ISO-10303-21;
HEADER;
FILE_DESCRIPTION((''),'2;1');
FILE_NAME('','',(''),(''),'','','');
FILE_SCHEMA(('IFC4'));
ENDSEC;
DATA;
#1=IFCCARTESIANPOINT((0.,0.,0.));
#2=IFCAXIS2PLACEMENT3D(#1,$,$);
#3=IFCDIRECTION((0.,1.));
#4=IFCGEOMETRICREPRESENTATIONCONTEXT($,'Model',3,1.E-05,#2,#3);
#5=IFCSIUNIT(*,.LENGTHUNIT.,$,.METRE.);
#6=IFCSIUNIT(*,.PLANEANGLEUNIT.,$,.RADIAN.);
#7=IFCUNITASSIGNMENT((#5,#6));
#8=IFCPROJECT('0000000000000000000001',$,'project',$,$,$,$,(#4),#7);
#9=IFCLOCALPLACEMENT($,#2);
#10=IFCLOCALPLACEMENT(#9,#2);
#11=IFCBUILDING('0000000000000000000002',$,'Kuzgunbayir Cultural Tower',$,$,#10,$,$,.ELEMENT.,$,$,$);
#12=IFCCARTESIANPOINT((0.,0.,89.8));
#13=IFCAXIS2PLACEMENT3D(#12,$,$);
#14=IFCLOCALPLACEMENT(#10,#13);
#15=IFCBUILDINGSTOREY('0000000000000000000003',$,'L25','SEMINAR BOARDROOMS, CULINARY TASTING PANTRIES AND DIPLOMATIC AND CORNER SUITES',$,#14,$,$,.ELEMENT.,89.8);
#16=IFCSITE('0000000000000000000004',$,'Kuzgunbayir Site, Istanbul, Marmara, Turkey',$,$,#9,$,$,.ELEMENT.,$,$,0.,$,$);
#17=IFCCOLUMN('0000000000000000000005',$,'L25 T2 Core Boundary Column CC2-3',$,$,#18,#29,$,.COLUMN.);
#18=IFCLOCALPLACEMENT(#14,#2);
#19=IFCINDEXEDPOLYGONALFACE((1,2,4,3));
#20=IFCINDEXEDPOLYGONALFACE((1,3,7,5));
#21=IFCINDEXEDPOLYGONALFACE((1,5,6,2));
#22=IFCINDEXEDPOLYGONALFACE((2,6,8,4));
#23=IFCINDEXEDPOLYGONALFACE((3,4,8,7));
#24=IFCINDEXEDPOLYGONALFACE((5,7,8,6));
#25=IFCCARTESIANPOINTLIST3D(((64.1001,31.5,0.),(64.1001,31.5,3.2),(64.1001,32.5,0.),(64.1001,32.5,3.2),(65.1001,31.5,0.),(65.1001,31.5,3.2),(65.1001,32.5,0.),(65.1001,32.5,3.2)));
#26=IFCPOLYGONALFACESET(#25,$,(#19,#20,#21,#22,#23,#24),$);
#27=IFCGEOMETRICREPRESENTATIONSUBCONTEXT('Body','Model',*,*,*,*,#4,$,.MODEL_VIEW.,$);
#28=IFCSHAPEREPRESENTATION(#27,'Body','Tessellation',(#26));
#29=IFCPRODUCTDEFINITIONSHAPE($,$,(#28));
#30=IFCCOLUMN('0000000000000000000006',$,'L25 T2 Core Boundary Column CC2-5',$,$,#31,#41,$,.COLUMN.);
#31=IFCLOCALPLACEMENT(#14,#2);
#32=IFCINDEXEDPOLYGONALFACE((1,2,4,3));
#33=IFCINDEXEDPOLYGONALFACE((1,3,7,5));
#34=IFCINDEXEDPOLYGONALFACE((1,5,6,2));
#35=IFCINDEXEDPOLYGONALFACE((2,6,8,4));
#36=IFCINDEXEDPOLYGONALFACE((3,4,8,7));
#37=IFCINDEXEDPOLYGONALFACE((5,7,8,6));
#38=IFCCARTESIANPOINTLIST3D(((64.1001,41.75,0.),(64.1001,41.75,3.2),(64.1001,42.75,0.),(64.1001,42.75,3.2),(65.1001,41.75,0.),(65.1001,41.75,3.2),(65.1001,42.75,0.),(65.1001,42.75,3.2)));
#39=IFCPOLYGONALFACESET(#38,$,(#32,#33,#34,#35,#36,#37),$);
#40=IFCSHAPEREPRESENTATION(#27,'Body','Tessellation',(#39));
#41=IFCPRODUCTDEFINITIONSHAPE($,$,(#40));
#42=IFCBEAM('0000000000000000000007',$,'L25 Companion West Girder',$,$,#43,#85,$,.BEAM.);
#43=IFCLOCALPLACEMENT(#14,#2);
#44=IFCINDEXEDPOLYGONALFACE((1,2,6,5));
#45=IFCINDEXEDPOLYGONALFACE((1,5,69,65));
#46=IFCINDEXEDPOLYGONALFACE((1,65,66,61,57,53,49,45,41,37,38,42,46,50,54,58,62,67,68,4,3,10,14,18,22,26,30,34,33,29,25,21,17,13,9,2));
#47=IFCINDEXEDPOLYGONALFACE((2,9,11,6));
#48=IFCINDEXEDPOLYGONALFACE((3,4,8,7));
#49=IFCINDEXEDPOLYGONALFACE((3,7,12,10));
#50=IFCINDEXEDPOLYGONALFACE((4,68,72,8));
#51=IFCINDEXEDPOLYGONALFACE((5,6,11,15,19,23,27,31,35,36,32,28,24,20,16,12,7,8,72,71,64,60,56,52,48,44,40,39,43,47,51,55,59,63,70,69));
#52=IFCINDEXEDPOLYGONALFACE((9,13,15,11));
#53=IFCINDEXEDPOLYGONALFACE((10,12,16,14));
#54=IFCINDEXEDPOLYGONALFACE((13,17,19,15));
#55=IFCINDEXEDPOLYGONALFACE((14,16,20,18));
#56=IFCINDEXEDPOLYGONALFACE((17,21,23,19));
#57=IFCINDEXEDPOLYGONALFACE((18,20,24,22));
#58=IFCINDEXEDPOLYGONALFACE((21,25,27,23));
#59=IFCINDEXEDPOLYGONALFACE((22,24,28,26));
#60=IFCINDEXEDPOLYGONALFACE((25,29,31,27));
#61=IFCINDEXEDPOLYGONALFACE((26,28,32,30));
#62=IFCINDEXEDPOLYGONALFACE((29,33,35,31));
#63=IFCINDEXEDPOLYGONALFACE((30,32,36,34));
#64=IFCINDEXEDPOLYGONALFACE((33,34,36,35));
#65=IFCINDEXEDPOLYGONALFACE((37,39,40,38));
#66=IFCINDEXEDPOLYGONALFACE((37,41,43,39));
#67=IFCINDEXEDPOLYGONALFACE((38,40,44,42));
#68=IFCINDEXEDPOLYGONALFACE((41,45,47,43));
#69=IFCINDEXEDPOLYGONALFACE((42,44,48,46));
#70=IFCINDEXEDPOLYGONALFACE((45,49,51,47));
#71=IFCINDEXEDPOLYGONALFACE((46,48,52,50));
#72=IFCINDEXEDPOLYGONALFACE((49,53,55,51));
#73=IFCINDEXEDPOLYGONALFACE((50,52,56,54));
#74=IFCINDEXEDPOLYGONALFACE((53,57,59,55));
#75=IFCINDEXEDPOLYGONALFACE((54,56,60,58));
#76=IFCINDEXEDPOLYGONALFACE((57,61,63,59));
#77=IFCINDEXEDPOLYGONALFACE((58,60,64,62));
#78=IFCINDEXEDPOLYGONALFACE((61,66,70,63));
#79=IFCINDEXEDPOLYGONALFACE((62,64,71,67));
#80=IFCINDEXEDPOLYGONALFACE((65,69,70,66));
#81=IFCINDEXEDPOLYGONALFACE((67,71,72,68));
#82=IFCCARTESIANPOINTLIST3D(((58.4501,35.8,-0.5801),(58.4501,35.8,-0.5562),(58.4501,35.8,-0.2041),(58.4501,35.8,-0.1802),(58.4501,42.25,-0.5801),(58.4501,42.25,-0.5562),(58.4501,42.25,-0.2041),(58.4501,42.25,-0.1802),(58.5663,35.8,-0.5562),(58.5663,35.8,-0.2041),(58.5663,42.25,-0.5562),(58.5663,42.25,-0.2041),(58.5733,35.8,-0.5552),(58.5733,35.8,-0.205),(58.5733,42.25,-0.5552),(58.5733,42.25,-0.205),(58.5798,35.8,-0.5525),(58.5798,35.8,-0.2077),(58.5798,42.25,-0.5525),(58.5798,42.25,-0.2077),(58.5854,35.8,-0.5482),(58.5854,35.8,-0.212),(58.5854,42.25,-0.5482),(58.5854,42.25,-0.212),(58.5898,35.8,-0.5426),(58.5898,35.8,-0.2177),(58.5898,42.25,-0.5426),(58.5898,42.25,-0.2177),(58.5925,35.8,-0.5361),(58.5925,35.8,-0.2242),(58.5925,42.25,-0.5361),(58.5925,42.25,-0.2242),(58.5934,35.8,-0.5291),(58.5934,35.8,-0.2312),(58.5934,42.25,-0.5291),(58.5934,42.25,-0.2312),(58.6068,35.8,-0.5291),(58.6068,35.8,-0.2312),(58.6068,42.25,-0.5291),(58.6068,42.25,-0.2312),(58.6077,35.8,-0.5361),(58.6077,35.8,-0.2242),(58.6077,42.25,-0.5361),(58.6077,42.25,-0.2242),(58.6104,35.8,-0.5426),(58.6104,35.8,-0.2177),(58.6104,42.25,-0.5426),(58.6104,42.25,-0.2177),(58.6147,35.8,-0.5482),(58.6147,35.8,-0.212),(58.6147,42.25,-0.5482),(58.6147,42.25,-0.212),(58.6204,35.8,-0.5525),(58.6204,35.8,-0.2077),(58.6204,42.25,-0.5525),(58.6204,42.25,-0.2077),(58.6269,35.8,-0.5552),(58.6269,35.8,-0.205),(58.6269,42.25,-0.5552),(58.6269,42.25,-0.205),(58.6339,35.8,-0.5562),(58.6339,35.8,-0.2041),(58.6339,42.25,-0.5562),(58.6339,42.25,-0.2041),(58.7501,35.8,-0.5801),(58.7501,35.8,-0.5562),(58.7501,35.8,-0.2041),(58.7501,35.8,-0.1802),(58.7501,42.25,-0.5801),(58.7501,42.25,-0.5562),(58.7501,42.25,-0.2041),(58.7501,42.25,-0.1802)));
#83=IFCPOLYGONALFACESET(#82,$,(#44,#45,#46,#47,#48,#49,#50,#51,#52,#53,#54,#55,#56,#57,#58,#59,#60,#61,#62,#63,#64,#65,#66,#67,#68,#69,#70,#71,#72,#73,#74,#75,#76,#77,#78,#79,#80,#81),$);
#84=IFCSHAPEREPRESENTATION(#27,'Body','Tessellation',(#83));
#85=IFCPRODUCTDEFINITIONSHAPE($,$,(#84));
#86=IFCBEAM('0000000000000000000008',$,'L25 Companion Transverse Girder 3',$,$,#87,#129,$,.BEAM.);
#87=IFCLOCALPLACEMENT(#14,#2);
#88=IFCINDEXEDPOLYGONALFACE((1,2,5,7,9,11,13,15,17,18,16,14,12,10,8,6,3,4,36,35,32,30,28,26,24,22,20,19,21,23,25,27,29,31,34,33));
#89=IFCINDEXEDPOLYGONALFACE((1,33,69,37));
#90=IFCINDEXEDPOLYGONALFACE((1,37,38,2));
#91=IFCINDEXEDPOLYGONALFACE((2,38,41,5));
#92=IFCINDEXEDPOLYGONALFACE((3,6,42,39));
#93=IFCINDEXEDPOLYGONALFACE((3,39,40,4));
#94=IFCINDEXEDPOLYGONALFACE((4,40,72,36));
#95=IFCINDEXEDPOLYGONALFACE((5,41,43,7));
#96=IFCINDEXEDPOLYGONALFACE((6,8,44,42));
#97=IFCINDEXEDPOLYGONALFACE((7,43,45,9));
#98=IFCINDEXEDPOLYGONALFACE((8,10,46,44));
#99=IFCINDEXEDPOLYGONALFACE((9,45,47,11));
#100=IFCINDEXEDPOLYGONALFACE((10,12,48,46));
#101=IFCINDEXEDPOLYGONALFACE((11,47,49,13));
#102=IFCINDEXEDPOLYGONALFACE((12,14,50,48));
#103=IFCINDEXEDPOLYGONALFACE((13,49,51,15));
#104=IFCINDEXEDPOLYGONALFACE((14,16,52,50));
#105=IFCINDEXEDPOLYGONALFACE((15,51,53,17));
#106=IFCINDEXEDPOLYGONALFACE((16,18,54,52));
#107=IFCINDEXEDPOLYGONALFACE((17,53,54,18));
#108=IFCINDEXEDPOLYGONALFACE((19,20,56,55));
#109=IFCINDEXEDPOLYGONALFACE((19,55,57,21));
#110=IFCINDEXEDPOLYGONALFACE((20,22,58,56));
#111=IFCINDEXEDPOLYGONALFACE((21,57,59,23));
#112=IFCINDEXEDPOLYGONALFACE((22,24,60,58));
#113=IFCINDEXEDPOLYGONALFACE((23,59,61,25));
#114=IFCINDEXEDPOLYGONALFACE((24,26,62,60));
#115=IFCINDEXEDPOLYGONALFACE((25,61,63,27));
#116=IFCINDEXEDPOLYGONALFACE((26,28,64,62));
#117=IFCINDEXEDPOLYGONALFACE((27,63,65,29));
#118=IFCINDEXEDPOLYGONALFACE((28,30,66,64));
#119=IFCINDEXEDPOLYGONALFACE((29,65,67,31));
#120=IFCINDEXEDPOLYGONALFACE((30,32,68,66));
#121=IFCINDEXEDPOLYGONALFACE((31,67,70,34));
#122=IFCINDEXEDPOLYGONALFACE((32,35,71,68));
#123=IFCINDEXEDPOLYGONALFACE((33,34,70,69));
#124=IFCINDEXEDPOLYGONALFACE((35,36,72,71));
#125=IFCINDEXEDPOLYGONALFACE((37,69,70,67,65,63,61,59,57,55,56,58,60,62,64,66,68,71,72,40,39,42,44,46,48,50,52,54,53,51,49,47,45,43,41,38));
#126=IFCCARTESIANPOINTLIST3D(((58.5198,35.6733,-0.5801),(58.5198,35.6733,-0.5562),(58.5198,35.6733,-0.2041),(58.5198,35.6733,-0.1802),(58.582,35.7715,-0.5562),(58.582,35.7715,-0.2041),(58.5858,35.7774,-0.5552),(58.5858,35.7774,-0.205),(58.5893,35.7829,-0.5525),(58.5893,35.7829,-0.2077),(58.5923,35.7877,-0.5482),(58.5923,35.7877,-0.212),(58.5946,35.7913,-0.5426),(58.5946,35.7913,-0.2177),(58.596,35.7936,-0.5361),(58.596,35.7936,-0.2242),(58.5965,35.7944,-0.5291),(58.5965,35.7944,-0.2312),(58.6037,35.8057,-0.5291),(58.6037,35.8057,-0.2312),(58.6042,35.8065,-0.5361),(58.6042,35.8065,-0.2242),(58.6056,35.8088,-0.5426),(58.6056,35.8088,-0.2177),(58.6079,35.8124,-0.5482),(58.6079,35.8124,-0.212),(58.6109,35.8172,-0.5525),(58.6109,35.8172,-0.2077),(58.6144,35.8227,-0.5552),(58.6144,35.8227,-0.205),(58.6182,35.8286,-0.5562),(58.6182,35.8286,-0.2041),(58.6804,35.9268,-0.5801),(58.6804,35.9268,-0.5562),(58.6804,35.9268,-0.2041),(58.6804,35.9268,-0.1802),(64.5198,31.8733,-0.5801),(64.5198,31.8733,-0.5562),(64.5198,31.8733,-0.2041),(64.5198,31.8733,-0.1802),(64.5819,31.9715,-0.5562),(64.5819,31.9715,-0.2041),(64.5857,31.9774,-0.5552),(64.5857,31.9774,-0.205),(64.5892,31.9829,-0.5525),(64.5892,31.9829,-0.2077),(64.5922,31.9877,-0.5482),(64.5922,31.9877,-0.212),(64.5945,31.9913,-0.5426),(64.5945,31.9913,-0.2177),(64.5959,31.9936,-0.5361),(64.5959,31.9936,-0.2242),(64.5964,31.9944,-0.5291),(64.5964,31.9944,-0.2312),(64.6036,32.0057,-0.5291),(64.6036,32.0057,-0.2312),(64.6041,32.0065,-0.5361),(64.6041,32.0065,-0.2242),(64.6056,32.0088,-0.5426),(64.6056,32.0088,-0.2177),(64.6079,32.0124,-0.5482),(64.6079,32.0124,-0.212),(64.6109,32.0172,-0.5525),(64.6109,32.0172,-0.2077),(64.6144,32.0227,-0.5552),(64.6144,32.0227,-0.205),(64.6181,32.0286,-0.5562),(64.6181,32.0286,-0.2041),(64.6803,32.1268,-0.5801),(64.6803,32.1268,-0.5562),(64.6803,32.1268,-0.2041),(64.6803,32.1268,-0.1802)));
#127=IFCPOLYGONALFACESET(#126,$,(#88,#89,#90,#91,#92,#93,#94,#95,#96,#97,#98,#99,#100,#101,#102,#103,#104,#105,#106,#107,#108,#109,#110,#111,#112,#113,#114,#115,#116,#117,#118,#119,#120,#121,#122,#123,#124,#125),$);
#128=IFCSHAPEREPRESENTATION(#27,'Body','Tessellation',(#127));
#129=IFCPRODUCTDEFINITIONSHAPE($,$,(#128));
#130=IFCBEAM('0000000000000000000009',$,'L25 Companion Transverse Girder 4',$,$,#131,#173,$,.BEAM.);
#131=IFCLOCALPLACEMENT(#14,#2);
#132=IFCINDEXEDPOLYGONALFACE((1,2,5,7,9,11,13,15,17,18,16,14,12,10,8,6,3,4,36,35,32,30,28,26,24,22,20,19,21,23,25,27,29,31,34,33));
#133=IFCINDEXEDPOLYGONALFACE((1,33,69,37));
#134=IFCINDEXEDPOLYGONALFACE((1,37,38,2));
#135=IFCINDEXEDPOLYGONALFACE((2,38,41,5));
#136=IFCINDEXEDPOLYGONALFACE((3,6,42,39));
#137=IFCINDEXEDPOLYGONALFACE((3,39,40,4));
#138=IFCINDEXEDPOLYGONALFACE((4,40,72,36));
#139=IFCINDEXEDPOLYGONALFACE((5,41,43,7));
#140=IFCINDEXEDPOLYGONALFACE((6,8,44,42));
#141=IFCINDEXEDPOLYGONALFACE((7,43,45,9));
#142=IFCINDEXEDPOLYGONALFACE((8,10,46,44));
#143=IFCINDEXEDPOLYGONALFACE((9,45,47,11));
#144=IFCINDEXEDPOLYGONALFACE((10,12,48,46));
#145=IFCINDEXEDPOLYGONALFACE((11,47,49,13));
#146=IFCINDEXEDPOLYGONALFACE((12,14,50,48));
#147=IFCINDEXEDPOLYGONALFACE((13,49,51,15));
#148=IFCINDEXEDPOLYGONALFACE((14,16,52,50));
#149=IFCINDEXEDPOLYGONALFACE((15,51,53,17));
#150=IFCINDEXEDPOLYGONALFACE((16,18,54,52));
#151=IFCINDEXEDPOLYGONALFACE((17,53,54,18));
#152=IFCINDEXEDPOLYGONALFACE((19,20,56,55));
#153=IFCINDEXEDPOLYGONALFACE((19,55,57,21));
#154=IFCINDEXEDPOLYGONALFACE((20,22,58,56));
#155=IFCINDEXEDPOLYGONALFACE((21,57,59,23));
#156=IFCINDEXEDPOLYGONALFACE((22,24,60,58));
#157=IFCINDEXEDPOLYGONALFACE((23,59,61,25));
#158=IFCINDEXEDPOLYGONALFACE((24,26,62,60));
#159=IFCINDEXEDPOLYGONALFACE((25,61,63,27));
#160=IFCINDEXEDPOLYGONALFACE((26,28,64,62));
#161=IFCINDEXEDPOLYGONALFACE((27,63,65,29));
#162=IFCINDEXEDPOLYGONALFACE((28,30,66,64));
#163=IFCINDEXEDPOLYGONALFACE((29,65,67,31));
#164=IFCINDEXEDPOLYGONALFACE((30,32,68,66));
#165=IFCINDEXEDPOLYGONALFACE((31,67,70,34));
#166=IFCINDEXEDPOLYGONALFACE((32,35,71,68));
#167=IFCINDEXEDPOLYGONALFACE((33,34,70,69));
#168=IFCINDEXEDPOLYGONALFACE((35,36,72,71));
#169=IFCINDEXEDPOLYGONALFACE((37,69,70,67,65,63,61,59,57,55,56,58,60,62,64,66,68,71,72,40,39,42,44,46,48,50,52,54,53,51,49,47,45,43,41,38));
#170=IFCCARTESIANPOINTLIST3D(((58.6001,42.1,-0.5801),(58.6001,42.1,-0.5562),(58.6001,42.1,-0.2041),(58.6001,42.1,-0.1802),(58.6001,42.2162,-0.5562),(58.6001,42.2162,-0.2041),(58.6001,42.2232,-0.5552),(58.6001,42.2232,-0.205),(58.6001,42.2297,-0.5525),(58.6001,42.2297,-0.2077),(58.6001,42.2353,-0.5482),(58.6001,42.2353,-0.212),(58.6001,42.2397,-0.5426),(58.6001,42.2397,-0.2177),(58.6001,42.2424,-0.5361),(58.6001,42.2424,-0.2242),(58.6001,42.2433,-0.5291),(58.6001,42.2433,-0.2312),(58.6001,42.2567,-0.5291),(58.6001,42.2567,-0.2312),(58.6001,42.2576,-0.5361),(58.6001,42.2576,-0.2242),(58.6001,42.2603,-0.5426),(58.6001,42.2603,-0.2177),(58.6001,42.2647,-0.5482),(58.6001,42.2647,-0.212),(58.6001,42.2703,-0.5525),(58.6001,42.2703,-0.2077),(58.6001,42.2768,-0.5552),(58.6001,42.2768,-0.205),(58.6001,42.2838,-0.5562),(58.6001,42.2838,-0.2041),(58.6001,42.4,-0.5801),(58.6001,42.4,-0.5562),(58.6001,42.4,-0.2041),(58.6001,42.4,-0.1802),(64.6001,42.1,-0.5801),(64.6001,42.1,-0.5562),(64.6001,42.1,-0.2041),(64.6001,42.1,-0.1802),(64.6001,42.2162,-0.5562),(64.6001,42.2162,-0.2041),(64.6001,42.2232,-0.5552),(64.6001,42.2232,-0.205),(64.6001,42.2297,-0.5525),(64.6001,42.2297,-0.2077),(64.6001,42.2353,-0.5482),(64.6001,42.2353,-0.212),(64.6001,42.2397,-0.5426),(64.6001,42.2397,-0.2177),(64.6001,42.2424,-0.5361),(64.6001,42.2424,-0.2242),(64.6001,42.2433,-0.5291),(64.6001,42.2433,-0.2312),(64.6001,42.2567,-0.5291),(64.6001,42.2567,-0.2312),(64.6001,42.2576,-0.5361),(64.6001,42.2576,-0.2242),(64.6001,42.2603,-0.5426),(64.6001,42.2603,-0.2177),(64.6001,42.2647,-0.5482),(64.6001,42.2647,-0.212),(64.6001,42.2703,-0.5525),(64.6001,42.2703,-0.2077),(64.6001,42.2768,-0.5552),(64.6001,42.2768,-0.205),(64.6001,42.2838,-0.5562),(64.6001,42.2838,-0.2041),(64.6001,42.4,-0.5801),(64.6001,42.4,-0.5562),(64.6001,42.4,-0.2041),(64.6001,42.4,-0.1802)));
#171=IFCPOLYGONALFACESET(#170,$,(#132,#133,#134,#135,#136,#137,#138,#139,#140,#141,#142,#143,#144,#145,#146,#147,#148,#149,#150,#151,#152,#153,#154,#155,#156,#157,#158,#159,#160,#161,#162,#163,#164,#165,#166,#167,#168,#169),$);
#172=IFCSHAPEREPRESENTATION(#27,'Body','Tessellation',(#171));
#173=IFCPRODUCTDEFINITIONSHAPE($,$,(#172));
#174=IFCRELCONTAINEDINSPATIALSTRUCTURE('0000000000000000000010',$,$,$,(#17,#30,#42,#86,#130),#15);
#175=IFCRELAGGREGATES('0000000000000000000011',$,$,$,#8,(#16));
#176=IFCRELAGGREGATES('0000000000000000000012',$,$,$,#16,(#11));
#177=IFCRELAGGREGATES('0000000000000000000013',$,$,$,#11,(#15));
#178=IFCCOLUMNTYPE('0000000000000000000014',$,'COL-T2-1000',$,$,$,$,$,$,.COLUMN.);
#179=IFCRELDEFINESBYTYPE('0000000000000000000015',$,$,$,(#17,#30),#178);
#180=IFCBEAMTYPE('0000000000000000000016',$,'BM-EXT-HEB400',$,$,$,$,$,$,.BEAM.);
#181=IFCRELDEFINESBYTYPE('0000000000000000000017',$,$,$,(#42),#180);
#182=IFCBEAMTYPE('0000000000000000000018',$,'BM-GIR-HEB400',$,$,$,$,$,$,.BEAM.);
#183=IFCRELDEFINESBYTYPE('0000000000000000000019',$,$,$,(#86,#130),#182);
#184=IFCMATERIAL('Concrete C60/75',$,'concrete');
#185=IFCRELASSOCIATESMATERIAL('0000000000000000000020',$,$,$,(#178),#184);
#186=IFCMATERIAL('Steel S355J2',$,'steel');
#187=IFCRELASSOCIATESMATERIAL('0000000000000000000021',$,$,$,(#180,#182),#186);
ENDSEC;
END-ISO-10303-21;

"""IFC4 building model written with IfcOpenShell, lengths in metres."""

from ifc_helpers import new_model, si_unit, direction, frame, origin, origin_2d, place, context, subcontext, project, spatial, rectangle, i_section, extrude, material, material_profile, profile_set, type_object, element, save


model = new_model("IFC4")

# Units and contexts
model_context = context("Model", 3, precision=1e-05, world=origin(), true_north=direction((0.0, 1.0)))
body_context = subcontext(model_context, "Body", "Model", "MODEL_VIEW")
ifc_project = project(units=[si_unit("LENGTHUNIT", "METRE"), si_unit("PLANEANGLEUNIT", "RADIAN")], contexts=[model_context])

# Site, building, storey
site_placement = place(None, origin())
site = spatial("IfcSite", under=ifc_project, at=site_placement, Name="Kuzgunbayir Site, Istanbul, Marmara, Turkey", CompositionType="ELEMENT", RefElevation=0.0)
building_placement = place(site_placement, origin())
building = spatial("IfcBuilding", under=site, at=building_placement, Name="Kuzgunbayir Cultural Tower", CompositionType="ELEMENT")
storey_placement = place(building_placement, frame((0.0, 0.0, 89.8)))
storey = spatial("IfcBuildingStorey", under=building, at=storey_placement, Name="L25", Description="SEMINAR BOARDROOMS, CULINARY TASTING PANTRIES AND DIPLOMATIC AND CORNER SUITES", CompositionType="ELEMENT", Elevation=89.8)

# Columns
ifc_material_1 = material(Name="Concrete C60/75", Category="concrete")
ifc_material_profile_1 = material_profile(ifc_material_1, rectangle(XDim=1.0, YDim=1.0, at=origin_2d()), Name="RC 1000x1000")
ifc_profile_set_1 = profile_set([ifc_material_profile_1], Name="Concrete C60/75")
column_type = type_object("IfcColumnType", Name="COL-T2-1000", PredefinedType="COLUMN", material=ifc_profile_set_1)
for number, where, z_axis, x_axis, name in (
    (1, (64.6001, 32.0, 0.0), (0.0, 0.0, 1.0), (1.0, 0.0, 0.0), "L25 T2 Core Boundary Column CC2-3"),
    (2, (64.6001, 42.25, 0.0), (0.0, 0.0, 1.0), (1.0, 0.0, 0.0), "L25 T2 Core Boundary Column CC2-5"),
):
    element("IfcColumn", number, at=place(storey_placement, frame(where, z_axis=z_axis, x_axis=x_axis)), inside=storey, type_object=column_type, Name=name, PredefinedType="COLUMN", context=body_context, shape_type="SweptSolid", body=[
        extrude(rectangle(XDim=1.0, YDim=1.0, at=origin_2d()), origin(), (0.0, 0.0, 1.0), 3.2),
    ])

# Beams
ifc_material_2 = material(Name="Steel S355J2", Category="steel")
ifc_material_profile_2 = material_profile(ifc_material_2, i_section(OverallWidth=0.3, OverallDepth=0.3999, WebThickness=0.0134, FlangeThickness=0.0239, FilletRadius=0.0271, at=origin_2d()), Name="HEB 400")
ifc_profile_set_2 = profile_set([ifc_material_profile_2], Name="Steel S355J2")
beam_type_1 = type_object("IfcBeamType", Name="BM-EXT-HEB400", PredefinedType="BEAM", material=ifc_profile_set_2)
beam_1_placement = place(storey_placement, frame((58.6001, 35.8, -0.3801), z_axis=(0.0, 1.0, 0.0), x_axis=(-1.0, 0.0, 0.0)))
element("IfcBeam", 3, at=beam_1_placement, inside=storey, type_object=beam_type_1, Name="L25 Companion West Girder", PredefinedType="BEAM", context=body_context, shape_type="SweptSolid", body=[
    extrude(i_section(OverallWidth=0.3, OverallDepth=0.3999, WebThickness=0.0134, FlangeThickness=0.0239, FilletRadius=0.0271, at=origin_2d()), origin(), (0.0, 0.0, 1.0), 6.45),
])
ifc_material_profile_3 = material_profile(ifc_material_2, i_section(OverallWidth=0.3, OverallDepth=0.3999, WebThickness=0.0134, FlangeThickness=0.0239, FilletRadius=0.0271, at=origin_2d()), Name="HEB 400")
ifc_profile_set_3 = profile_set([ifc_material_profile_3], Name="Steel S355J2")
beam_type_2 = type_object("IfcBeamType", Name="BM-GIR-HEB400", PredefinedType="BEAM", material=ifc_profile_set_3)
beam_2_placement = place(storey_placement, frame((58.6001, 35.8, -0.3801), z_axis=(0.844816, -0.535057, 0.0), x_axis=(0.535057, 0.844816, 0.0)))
element("IfcBeam", 4, at=beam_2_placement, inside=storey, type_object=beam_type_2, Name="L25 Companion Transverse Girder 3", PredefinedType="BEAM", context=body_context, shape_type="SweptSolid", body=[
    extrude(i_section(OverallWidth=0.3, OverallDepth=0.3999, WebThickness=0.0134, FlangeThickness=0.0239, FilletRadius=0.0271, at=origin_2d()), origin(), (0.0, 0.0, 1.0), 7.1021),
])
beam_3_placement = place(storey_placement, frame((58.6001, 42.25, -0.3801), z_axis=(1.0, 0.0, 0.0), x_axis=(0.0, 1.0, 0.0)))
element("IfcBeam", 5, at=beam_3_placement, inside=storey, type_object=beam_type_2, Name="L25 Companion Transverse Girder 4", PredefinedType="BEAM", context=body_context, shape_type="SweptSolid", body=[
    extrude(i_section(OverallWidth=0.3, OverallDepth=0.3999, WebThickness=0.0134, FlangeThickness=0.0239, FilletRadius=0.0271, at=origin_2d()), origin(), (0.0, 0.0, 1.0), 6.0),
])

save(model, "model.ifc")
